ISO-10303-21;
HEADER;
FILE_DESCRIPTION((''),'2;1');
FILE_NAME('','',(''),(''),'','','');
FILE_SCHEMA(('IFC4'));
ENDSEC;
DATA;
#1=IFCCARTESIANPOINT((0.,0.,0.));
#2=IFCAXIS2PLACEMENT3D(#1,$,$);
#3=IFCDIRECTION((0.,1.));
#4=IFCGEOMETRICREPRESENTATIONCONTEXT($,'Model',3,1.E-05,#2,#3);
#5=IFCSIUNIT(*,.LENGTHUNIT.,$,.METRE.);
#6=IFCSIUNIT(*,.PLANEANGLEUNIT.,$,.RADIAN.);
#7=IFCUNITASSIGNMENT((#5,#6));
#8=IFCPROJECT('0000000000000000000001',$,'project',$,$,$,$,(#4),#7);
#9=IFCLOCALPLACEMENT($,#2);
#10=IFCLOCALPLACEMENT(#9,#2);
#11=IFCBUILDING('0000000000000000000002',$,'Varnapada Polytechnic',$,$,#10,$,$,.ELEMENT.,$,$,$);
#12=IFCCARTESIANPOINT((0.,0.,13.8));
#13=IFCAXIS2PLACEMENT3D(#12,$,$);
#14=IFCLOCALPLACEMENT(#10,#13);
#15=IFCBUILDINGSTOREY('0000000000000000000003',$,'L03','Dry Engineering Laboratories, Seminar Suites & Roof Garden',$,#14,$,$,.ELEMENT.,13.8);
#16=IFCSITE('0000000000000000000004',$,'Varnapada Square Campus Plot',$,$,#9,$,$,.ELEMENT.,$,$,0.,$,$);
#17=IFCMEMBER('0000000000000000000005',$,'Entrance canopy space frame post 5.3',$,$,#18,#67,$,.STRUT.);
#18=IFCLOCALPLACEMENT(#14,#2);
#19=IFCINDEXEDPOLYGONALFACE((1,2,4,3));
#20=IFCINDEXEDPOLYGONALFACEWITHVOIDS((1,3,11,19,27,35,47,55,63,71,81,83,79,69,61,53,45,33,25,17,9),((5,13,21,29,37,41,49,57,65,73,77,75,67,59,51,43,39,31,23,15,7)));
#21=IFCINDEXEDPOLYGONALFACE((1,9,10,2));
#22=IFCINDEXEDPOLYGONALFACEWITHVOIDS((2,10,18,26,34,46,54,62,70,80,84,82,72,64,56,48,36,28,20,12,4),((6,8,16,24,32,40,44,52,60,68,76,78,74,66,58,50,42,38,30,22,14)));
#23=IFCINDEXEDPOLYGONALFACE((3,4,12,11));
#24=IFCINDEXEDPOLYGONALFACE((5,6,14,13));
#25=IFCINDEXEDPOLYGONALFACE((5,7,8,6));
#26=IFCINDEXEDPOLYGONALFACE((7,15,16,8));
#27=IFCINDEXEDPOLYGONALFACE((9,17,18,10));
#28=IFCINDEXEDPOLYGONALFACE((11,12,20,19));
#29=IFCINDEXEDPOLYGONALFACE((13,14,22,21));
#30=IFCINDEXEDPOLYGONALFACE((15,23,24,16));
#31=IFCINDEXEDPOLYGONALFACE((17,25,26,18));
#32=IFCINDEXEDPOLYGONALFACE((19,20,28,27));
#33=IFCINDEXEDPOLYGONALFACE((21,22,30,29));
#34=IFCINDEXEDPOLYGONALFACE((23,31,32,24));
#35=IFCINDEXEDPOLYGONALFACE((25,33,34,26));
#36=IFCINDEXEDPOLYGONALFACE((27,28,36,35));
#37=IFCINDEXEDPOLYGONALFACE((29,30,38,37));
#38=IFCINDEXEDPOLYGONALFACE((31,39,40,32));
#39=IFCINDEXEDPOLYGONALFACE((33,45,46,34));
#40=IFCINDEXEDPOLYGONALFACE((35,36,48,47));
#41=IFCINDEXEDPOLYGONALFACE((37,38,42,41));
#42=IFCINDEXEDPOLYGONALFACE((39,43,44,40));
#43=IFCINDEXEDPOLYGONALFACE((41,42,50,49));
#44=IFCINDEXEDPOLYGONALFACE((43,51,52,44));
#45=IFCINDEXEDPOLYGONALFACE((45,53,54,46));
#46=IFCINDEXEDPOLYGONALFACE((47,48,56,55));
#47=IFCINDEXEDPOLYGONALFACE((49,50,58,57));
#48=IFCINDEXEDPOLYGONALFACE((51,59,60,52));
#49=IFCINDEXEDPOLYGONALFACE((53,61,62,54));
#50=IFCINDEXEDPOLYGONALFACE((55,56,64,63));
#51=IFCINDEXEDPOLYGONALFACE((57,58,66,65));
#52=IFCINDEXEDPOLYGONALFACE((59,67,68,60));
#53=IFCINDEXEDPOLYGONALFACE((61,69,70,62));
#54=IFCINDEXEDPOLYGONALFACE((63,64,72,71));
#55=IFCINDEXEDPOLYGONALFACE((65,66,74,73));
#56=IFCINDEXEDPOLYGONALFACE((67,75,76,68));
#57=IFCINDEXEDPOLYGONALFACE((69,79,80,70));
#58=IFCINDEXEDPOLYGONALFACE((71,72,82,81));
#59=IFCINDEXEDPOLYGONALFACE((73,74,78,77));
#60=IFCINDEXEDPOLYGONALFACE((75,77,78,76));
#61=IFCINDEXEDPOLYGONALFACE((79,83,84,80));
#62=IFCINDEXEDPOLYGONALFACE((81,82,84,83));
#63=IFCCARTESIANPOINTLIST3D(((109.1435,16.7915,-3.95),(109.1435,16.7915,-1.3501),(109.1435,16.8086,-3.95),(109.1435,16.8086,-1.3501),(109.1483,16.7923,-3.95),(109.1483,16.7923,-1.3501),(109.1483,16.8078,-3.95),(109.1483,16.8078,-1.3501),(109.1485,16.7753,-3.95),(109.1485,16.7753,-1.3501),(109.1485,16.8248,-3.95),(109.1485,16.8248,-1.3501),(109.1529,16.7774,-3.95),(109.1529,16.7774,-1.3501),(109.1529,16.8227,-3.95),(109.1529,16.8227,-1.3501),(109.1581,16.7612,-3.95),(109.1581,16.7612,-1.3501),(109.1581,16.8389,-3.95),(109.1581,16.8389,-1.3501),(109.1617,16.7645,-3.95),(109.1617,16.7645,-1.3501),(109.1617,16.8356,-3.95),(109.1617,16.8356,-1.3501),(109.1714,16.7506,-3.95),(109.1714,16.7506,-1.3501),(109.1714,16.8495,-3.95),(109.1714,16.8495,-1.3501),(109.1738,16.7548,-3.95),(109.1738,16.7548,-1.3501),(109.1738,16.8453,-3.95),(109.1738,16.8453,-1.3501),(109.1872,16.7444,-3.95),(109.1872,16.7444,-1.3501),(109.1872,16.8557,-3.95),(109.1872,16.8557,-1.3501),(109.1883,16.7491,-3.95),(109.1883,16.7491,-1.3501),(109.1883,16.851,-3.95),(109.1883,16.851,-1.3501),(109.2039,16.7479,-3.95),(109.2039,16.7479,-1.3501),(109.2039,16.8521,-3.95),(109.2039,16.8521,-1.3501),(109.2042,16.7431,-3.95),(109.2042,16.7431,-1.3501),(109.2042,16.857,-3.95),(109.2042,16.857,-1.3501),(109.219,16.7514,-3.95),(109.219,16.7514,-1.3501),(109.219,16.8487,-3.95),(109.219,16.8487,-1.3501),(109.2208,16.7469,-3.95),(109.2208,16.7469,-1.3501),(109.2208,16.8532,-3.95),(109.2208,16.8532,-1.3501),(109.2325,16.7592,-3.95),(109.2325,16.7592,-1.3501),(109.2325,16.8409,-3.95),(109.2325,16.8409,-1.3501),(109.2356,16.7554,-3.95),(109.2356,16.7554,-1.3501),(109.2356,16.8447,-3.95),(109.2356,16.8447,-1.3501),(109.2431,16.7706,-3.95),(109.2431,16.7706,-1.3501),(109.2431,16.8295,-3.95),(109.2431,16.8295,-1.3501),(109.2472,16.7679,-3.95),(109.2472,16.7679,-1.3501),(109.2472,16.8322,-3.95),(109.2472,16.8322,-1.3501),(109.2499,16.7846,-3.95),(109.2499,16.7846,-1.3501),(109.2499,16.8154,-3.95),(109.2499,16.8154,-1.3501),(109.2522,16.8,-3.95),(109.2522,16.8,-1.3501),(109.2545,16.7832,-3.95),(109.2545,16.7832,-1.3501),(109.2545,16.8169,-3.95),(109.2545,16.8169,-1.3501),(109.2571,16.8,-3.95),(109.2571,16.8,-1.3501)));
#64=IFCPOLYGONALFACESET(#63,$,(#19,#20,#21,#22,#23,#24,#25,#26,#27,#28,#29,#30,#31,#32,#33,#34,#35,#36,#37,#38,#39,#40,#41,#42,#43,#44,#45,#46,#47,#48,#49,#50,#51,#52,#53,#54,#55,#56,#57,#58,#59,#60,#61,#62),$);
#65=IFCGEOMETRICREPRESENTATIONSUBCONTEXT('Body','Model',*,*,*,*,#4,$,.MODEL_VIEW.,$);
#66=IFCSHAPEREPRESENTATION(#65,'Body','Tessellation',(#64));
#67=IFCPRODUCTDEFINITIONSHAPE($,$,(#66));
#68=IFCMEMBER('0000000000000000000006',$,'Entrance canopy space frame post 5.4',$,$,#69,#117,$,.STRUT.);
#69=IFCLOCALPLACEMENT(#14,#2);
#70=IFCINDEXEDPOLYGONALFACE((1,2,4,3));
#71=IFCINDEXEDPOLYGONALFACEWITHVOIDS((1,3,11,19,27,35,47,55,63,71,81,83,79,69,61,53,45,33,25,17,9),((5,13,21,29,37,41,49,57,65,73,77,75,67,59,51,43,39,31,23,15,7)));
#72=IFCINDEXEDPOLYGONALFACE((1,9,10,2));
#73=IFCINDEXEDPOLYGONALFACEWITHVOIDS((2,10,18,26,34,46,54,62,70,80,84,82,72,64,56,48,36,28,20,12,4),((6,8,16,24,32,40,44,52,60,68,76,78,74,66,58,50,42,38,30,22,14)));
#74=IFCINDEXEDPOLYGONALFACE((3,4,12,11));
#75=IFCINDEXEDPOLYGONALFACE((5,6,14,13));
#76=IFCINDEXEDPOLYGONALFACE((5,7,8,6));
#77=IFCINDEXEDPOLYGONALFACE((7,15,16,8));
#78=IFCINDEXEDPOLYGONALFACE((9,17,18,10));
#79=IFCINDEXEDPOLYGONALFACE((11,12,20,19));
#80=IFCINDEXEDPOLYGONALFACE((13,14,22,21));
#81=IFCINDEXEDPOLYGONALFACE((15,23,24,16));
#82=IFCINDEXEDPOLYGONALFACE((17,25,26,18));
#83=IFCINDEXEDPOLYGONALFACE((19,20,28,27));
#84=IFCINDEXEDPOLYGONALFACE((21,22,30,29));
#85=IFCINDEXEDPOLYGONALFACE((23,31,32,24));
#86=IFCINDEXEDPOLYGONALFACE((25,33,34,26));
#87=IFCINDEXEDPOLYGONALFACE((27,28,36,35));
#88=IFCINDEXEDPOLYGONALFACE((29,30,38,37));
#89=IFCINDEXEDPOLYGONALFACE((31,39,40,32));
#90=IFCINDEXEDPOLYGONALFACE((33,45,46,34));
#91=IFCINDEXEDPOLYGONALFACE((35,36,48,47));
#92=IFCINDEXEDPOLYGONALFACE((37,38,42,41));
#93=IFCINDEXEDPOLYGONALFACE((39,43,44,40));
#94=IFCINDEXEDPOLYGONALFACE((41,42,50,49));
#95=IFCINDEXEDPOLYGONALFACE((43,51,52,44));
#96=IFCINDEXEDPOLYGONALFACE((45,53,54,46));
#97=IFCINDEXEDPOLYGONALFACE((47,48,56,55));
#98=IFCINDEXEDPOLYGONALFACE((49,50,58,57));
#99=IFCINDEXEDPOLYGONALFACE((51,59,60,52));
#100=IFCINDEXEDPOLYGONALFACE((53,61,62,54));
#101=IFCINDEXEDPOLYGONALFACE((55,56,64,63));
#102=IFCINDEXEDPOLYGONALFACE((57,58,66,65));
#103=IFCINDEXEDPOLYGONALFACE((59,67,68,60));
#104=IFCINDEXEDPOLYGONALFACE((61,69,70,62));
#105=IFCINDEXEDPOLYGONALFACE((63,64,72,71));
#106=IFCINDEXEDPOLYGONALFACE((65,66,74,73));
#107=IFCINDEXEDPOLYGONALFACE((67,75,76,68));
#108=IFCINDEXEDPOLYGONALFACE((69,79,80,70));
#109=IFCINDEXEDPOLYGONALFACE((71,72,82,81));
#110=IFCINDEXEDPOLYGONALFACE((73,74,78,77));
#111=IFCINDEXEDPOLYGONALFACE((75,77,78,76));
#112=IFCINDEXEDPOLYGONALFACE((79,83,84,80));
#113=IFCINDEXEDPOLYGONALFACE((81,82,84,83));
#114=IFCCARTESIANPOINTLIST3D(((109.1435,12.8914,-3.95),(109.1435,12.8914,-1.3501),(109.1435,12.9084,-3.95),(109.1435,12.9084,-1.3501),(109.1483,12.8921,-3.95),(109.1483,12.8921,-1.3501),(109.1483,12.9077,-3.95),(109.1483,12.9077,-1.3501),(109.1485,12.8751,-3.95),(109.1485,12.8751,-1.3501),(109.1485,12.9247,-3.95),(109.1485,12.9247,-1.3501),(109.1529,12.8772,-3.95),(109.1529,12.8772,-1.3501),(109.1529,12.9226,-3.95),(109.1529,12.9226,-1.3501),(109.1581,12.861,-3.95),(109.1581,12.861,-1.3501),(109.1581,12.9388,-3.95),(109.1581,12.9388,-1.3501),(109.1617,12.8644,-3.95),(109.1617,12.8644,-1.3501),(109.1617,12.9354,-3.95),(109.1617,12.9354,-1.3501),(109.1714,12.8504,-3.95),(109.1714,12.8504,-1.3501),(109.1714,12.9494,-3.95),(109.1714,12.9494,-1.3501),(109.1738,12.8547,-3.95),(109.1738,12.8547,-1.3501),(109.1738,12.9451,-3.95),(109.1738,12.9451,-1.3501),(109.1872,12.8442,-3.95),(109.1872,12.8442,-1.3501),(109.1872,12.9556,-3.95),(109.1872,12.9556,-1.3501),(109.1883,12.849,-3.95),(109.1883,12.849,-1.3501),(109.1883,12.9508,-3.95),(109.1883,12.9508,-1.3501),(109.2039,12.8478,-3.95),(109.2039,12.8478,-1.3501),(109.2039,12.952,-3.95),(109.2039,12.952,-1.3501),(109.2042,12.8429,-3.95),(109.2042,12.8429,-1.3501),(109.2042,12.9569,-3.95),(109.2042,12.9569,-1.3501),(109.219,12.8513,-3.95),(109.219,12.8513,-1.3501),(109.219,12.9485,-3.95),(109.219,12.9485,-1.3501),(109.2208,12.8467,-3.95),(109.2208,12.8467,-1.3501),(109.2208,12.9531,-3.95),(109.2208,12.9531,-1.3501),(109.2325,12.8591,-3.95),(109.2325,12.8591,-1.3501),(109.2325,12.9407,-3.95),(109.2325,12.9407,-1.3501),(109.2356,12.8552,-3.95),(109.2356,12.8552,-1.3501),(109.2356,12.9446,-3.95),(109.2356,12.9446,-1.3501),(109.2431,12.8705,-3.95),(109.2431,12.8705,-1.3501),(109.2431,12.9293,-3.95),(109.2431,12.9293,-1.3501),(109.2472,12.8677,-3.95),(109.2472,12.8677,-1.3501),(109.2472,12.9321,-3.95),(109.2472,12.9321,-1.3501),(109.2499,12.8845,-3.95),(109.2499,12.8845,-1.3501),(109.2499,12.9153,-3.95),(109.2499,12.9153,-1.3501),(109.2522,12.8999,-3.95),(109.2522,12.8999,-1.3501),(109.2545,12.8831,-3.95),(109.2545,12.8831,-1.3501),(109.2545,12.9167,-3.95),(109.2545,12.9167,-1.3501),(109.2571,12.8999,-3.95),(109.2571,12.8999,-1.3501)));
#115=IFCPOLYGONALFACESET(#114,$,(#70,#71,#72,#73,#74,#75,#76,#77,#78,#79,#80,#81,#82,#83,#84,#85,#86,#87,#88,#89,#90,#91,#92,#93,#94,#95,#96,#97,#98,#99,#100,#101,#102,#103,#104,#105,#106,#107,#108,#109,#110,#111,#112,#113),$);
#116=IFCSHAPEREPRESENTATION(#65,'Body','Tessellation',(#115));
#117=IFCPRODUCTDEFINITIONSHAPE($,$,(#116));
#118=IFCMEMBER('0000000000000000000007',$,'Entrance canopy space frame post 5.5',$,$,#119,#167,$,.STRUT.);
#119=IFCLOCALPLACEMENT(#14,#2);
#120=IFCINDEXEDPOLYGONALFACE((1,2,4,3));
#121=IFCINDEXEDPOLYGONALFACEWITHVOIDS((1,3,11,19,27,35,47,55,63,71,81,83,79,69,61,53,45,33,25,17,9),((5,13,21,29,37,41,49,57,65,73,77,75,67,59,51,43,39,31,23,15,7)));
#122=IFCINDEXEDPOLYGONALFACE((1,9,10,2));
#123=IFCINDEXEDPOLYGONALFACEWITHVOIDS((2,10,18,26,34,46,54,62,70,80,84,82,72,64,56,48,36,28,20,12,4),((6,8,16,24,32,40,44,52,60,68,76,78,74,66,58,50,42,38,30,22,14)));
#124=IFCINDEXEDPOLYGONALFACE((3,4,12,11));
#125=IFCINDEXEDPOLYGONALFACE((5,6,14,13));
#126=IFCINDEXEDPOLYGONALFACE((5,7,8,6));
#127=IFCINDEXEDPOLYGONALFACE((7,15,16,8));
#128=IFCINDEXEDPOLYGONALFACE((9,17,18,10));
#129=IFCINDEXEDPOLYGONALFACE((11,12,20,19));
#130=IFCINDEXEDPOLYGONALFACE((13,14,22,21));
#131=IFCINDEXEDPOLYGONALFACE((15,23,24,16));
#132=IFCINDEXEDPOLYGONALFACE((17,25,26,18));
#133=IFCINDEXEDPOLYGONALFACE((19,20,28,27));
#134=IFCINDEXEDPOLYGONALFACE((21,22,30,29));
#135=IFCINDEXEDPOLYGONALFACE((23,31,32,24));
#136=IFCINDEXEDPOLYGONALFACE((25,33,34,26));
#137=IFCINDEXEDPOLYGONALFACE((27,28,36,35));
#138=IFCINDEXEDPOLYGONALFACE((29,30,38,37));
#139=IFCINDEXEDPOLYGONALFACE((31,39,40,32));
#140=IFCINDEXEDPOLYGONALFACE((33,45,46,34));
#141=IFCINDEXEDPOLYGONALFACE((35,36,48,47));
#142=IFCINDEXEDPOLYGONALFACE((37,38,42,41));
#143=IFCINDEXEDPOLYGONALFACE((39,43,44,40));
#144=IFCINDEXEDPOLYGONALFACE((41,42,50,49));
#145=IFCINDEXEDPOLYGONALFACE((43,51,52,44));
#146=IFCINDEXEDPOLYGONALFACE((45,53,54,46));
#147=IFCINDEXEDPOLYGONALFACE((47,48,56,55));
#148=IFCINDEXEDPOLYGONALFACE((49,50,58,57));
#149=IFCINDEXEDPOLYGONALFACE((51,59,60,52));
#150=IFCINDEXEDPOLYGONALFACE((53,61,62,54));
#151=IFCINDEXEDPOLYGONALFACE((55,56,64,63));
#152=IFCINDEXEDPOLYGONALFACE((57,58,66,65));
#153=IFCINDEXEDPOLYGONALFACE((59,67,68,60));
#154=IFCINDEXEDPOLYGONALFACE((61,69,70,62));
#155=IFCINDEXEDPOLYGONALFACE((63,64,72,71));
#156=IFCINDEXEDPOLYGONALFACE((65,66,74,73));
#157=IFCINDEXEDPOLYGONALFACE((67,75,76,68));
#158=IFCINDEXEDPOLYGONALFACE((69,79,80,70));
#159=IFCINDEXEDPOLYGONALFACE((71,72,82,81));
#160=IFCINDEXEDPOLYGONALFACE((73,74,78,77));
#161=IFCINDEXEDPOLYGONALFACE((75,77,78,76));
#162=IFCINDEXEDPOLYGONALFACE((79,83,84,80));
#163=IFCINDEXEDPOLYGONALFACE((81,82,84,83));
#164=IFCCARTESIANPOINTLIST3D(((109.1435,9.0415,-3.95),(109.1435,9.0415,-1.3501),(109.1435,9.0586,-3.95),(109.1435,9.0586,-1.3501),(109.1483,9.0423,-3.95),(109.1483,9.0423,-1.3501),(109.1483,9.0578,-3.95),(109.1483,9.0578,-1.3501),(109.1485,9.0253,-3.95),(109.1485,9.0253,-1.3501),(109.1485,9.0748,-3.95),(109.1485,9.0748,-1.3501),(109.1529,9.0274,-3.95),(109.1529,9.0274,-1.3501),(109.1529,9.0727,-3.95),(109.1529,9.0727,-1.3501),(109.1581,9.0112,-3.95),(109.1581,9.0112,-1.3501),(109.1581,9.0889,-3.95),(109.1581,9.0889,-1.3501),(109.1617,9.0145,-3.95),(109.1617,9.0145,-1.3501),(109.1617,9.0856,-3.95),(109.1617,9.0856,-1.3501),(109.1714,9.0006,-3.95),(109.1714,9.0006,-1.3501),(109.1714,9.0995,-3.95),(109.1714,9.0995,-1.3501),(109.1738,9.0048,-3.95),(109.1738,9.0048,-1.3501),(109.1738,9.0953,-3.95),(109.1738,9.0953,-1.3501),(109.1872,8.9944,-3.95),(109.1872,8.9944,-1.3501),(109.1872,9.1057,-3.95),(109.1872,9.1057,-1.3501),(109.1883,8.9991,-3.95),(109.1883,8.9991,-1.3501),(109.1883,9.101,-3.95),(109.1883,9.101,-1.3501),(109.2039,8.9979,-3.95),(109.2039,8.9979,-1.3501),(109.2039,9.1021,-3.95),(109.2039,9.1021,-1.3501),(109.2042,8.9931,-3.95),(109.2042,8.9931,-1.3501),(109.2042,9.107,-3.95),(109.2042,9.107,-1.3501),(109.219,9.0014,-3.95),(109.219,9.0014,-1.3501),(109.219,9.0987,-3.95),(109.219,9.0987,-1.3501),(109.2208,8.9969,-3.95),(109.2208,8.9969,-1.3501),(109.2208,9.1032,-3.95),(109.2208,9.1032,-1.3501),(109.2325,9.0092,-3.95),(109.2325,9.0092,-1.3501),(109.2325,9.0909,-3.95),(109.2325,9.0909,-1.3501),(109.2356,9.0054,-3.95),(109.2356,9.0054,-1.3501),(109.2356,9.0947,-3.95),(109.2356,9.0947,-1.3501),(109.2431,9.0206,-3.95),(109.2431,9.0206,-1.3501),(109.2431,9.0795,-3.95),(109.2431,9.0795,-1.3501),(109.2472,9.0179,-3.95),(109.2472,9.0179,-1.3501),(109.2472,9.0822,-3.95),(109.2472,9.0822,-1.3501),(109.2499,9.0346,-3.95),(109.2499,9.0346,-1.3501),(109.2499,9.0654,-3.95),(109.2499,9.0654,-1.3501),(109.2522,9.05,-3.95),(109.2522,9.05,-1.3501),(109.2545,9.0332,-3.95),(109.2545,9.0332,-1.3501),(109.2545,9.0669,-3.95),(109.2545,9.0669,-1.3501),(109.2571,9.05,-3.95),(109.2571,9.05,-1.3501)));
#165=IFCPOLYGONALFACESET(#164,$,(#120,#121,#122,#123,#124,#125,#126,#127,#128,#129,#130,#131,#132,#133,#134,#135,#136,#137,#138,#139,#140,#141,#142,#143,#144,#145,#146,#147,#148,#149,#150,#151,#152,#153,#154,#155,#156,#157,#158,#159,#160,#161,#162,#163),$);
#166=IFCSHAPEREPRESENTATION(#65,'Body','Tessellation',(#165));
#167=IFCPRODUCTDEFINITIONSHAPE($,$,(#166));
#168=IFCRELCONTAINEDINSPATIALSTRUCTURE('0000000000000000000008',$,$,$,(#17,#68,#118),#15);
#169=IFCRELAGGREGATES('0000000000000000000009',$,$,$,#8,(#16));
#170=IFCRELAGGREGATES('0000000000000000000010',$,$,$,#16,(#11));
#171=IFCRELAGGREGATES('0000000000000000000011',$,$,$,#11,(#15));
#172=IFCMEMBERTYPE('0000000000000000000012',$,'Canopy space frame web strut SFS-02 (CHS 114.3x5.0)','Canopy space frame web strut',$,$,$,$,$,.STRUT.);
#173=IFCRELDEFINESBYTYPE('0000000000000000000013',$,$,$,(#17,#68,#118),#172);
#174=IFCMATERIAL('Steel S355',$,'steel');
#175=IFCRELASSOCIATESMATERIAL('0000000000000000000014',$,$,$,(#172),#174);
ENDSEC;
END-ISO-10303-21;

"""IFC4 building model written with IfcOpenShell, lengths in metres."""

from ifc_helpers import new_model, si_unit, direction, frame, origin, origin_2d, place, context, subcontext, project, spatial, hollow_circle, extrude, material, material_profile, profile_set, type_object, element, save


model = new_model("IFC4")

# Units and contexts
model_context = context("Model", 3, precision=1e-05, world=origin(), true_north=direction((0.0, 1.0)))
body_context = subcontext(model_context, "Body", "Model", "MODEL_VIEW")
ifc_project = project(units=[si_unit("LENGTHUNIT", "METRE"), si_unit("PLANEANGLEUNIT", "RADIAN")], contexts=[model_context])

# Site, building, storey
site_placement = place(None, origin())
site = spatial("IfcSite", under=ifc_project, at=site_placement, Name="Varnapada Square Campus Plot", CompositionType="ELEMENT", RefElevation=0.0)
building_placement = place(site_placement, origin())
building = spatial("IfcBuilding", under=site, at=building_placement, Name="Varnapada Polytechnic", CompositionType="ELEMENT")
storey_placement = place(building_placement, frame((0.0, 0.0, 13.8)))
storey = spatial("IfcBuildingStorey", under=building, at=storey_placement, Name="L03", Description="Dry Engineering Laboratories, Seminar Suites & Roof Garden", CompositionType="ELEMENT", Elevation=13.8)

# Members
ifc_material = material(Name="Steel S355", Category="steel")
ifc_material_profile_1 = material_profile(ifc_material, hollow_circle(Radius=0.0571, WallThickness=0.0049, at=origin_2d()), Name="CHS 114.3x5.0")
ifc_profile_set_1 = profile_set([ifc_material_profile_1], Name="Steel S355")
member_type_1 = type_object("IfcMemberType", Name="Canopy space frame web strut SFS-02 (CHS 114.3x5.0)", Description="Canopy space frame web strut", PredefinedType="STRUT", material=ifc_profile_set_1)
for number, where, z_axis, x_axis, name in (
    (1, (109.2, 16.8, -3.95), (0.0, 0.0, 1.0), (1.0, 0.0, 0.0), "Entrance canopy space frame post 5.3"),
    (2, (109.2, 12.8999, -3.95), (0.0, 0.0, 1.0), (1.0, 0.0, 0.0), "Entrance canopy space frame post 5.4"),
    (3, (109.2, 9.05, -3.95), (0.0, 0.0, 1.0), (1.0, 0.0, 0.0), "Entrance canopy space frame post 5.5"),
):
    element("IfcMember", number, at=place(storey_placement, frame(where, z_axis=z_axis, x_axis=x_axis)), inside=storey, type_object=member_type_1, Name=name, PredefinedType="STRUT", context=body_context, shape_type="SweptSolid", body=[
        extrude(hollow_circle(Radius=0.0571, WallThickness=0.0049, at=origin_2d()), origin(), (0.0, 0.0, 1.0), 2.5999),
    ])

save(model, "model.ifc")
